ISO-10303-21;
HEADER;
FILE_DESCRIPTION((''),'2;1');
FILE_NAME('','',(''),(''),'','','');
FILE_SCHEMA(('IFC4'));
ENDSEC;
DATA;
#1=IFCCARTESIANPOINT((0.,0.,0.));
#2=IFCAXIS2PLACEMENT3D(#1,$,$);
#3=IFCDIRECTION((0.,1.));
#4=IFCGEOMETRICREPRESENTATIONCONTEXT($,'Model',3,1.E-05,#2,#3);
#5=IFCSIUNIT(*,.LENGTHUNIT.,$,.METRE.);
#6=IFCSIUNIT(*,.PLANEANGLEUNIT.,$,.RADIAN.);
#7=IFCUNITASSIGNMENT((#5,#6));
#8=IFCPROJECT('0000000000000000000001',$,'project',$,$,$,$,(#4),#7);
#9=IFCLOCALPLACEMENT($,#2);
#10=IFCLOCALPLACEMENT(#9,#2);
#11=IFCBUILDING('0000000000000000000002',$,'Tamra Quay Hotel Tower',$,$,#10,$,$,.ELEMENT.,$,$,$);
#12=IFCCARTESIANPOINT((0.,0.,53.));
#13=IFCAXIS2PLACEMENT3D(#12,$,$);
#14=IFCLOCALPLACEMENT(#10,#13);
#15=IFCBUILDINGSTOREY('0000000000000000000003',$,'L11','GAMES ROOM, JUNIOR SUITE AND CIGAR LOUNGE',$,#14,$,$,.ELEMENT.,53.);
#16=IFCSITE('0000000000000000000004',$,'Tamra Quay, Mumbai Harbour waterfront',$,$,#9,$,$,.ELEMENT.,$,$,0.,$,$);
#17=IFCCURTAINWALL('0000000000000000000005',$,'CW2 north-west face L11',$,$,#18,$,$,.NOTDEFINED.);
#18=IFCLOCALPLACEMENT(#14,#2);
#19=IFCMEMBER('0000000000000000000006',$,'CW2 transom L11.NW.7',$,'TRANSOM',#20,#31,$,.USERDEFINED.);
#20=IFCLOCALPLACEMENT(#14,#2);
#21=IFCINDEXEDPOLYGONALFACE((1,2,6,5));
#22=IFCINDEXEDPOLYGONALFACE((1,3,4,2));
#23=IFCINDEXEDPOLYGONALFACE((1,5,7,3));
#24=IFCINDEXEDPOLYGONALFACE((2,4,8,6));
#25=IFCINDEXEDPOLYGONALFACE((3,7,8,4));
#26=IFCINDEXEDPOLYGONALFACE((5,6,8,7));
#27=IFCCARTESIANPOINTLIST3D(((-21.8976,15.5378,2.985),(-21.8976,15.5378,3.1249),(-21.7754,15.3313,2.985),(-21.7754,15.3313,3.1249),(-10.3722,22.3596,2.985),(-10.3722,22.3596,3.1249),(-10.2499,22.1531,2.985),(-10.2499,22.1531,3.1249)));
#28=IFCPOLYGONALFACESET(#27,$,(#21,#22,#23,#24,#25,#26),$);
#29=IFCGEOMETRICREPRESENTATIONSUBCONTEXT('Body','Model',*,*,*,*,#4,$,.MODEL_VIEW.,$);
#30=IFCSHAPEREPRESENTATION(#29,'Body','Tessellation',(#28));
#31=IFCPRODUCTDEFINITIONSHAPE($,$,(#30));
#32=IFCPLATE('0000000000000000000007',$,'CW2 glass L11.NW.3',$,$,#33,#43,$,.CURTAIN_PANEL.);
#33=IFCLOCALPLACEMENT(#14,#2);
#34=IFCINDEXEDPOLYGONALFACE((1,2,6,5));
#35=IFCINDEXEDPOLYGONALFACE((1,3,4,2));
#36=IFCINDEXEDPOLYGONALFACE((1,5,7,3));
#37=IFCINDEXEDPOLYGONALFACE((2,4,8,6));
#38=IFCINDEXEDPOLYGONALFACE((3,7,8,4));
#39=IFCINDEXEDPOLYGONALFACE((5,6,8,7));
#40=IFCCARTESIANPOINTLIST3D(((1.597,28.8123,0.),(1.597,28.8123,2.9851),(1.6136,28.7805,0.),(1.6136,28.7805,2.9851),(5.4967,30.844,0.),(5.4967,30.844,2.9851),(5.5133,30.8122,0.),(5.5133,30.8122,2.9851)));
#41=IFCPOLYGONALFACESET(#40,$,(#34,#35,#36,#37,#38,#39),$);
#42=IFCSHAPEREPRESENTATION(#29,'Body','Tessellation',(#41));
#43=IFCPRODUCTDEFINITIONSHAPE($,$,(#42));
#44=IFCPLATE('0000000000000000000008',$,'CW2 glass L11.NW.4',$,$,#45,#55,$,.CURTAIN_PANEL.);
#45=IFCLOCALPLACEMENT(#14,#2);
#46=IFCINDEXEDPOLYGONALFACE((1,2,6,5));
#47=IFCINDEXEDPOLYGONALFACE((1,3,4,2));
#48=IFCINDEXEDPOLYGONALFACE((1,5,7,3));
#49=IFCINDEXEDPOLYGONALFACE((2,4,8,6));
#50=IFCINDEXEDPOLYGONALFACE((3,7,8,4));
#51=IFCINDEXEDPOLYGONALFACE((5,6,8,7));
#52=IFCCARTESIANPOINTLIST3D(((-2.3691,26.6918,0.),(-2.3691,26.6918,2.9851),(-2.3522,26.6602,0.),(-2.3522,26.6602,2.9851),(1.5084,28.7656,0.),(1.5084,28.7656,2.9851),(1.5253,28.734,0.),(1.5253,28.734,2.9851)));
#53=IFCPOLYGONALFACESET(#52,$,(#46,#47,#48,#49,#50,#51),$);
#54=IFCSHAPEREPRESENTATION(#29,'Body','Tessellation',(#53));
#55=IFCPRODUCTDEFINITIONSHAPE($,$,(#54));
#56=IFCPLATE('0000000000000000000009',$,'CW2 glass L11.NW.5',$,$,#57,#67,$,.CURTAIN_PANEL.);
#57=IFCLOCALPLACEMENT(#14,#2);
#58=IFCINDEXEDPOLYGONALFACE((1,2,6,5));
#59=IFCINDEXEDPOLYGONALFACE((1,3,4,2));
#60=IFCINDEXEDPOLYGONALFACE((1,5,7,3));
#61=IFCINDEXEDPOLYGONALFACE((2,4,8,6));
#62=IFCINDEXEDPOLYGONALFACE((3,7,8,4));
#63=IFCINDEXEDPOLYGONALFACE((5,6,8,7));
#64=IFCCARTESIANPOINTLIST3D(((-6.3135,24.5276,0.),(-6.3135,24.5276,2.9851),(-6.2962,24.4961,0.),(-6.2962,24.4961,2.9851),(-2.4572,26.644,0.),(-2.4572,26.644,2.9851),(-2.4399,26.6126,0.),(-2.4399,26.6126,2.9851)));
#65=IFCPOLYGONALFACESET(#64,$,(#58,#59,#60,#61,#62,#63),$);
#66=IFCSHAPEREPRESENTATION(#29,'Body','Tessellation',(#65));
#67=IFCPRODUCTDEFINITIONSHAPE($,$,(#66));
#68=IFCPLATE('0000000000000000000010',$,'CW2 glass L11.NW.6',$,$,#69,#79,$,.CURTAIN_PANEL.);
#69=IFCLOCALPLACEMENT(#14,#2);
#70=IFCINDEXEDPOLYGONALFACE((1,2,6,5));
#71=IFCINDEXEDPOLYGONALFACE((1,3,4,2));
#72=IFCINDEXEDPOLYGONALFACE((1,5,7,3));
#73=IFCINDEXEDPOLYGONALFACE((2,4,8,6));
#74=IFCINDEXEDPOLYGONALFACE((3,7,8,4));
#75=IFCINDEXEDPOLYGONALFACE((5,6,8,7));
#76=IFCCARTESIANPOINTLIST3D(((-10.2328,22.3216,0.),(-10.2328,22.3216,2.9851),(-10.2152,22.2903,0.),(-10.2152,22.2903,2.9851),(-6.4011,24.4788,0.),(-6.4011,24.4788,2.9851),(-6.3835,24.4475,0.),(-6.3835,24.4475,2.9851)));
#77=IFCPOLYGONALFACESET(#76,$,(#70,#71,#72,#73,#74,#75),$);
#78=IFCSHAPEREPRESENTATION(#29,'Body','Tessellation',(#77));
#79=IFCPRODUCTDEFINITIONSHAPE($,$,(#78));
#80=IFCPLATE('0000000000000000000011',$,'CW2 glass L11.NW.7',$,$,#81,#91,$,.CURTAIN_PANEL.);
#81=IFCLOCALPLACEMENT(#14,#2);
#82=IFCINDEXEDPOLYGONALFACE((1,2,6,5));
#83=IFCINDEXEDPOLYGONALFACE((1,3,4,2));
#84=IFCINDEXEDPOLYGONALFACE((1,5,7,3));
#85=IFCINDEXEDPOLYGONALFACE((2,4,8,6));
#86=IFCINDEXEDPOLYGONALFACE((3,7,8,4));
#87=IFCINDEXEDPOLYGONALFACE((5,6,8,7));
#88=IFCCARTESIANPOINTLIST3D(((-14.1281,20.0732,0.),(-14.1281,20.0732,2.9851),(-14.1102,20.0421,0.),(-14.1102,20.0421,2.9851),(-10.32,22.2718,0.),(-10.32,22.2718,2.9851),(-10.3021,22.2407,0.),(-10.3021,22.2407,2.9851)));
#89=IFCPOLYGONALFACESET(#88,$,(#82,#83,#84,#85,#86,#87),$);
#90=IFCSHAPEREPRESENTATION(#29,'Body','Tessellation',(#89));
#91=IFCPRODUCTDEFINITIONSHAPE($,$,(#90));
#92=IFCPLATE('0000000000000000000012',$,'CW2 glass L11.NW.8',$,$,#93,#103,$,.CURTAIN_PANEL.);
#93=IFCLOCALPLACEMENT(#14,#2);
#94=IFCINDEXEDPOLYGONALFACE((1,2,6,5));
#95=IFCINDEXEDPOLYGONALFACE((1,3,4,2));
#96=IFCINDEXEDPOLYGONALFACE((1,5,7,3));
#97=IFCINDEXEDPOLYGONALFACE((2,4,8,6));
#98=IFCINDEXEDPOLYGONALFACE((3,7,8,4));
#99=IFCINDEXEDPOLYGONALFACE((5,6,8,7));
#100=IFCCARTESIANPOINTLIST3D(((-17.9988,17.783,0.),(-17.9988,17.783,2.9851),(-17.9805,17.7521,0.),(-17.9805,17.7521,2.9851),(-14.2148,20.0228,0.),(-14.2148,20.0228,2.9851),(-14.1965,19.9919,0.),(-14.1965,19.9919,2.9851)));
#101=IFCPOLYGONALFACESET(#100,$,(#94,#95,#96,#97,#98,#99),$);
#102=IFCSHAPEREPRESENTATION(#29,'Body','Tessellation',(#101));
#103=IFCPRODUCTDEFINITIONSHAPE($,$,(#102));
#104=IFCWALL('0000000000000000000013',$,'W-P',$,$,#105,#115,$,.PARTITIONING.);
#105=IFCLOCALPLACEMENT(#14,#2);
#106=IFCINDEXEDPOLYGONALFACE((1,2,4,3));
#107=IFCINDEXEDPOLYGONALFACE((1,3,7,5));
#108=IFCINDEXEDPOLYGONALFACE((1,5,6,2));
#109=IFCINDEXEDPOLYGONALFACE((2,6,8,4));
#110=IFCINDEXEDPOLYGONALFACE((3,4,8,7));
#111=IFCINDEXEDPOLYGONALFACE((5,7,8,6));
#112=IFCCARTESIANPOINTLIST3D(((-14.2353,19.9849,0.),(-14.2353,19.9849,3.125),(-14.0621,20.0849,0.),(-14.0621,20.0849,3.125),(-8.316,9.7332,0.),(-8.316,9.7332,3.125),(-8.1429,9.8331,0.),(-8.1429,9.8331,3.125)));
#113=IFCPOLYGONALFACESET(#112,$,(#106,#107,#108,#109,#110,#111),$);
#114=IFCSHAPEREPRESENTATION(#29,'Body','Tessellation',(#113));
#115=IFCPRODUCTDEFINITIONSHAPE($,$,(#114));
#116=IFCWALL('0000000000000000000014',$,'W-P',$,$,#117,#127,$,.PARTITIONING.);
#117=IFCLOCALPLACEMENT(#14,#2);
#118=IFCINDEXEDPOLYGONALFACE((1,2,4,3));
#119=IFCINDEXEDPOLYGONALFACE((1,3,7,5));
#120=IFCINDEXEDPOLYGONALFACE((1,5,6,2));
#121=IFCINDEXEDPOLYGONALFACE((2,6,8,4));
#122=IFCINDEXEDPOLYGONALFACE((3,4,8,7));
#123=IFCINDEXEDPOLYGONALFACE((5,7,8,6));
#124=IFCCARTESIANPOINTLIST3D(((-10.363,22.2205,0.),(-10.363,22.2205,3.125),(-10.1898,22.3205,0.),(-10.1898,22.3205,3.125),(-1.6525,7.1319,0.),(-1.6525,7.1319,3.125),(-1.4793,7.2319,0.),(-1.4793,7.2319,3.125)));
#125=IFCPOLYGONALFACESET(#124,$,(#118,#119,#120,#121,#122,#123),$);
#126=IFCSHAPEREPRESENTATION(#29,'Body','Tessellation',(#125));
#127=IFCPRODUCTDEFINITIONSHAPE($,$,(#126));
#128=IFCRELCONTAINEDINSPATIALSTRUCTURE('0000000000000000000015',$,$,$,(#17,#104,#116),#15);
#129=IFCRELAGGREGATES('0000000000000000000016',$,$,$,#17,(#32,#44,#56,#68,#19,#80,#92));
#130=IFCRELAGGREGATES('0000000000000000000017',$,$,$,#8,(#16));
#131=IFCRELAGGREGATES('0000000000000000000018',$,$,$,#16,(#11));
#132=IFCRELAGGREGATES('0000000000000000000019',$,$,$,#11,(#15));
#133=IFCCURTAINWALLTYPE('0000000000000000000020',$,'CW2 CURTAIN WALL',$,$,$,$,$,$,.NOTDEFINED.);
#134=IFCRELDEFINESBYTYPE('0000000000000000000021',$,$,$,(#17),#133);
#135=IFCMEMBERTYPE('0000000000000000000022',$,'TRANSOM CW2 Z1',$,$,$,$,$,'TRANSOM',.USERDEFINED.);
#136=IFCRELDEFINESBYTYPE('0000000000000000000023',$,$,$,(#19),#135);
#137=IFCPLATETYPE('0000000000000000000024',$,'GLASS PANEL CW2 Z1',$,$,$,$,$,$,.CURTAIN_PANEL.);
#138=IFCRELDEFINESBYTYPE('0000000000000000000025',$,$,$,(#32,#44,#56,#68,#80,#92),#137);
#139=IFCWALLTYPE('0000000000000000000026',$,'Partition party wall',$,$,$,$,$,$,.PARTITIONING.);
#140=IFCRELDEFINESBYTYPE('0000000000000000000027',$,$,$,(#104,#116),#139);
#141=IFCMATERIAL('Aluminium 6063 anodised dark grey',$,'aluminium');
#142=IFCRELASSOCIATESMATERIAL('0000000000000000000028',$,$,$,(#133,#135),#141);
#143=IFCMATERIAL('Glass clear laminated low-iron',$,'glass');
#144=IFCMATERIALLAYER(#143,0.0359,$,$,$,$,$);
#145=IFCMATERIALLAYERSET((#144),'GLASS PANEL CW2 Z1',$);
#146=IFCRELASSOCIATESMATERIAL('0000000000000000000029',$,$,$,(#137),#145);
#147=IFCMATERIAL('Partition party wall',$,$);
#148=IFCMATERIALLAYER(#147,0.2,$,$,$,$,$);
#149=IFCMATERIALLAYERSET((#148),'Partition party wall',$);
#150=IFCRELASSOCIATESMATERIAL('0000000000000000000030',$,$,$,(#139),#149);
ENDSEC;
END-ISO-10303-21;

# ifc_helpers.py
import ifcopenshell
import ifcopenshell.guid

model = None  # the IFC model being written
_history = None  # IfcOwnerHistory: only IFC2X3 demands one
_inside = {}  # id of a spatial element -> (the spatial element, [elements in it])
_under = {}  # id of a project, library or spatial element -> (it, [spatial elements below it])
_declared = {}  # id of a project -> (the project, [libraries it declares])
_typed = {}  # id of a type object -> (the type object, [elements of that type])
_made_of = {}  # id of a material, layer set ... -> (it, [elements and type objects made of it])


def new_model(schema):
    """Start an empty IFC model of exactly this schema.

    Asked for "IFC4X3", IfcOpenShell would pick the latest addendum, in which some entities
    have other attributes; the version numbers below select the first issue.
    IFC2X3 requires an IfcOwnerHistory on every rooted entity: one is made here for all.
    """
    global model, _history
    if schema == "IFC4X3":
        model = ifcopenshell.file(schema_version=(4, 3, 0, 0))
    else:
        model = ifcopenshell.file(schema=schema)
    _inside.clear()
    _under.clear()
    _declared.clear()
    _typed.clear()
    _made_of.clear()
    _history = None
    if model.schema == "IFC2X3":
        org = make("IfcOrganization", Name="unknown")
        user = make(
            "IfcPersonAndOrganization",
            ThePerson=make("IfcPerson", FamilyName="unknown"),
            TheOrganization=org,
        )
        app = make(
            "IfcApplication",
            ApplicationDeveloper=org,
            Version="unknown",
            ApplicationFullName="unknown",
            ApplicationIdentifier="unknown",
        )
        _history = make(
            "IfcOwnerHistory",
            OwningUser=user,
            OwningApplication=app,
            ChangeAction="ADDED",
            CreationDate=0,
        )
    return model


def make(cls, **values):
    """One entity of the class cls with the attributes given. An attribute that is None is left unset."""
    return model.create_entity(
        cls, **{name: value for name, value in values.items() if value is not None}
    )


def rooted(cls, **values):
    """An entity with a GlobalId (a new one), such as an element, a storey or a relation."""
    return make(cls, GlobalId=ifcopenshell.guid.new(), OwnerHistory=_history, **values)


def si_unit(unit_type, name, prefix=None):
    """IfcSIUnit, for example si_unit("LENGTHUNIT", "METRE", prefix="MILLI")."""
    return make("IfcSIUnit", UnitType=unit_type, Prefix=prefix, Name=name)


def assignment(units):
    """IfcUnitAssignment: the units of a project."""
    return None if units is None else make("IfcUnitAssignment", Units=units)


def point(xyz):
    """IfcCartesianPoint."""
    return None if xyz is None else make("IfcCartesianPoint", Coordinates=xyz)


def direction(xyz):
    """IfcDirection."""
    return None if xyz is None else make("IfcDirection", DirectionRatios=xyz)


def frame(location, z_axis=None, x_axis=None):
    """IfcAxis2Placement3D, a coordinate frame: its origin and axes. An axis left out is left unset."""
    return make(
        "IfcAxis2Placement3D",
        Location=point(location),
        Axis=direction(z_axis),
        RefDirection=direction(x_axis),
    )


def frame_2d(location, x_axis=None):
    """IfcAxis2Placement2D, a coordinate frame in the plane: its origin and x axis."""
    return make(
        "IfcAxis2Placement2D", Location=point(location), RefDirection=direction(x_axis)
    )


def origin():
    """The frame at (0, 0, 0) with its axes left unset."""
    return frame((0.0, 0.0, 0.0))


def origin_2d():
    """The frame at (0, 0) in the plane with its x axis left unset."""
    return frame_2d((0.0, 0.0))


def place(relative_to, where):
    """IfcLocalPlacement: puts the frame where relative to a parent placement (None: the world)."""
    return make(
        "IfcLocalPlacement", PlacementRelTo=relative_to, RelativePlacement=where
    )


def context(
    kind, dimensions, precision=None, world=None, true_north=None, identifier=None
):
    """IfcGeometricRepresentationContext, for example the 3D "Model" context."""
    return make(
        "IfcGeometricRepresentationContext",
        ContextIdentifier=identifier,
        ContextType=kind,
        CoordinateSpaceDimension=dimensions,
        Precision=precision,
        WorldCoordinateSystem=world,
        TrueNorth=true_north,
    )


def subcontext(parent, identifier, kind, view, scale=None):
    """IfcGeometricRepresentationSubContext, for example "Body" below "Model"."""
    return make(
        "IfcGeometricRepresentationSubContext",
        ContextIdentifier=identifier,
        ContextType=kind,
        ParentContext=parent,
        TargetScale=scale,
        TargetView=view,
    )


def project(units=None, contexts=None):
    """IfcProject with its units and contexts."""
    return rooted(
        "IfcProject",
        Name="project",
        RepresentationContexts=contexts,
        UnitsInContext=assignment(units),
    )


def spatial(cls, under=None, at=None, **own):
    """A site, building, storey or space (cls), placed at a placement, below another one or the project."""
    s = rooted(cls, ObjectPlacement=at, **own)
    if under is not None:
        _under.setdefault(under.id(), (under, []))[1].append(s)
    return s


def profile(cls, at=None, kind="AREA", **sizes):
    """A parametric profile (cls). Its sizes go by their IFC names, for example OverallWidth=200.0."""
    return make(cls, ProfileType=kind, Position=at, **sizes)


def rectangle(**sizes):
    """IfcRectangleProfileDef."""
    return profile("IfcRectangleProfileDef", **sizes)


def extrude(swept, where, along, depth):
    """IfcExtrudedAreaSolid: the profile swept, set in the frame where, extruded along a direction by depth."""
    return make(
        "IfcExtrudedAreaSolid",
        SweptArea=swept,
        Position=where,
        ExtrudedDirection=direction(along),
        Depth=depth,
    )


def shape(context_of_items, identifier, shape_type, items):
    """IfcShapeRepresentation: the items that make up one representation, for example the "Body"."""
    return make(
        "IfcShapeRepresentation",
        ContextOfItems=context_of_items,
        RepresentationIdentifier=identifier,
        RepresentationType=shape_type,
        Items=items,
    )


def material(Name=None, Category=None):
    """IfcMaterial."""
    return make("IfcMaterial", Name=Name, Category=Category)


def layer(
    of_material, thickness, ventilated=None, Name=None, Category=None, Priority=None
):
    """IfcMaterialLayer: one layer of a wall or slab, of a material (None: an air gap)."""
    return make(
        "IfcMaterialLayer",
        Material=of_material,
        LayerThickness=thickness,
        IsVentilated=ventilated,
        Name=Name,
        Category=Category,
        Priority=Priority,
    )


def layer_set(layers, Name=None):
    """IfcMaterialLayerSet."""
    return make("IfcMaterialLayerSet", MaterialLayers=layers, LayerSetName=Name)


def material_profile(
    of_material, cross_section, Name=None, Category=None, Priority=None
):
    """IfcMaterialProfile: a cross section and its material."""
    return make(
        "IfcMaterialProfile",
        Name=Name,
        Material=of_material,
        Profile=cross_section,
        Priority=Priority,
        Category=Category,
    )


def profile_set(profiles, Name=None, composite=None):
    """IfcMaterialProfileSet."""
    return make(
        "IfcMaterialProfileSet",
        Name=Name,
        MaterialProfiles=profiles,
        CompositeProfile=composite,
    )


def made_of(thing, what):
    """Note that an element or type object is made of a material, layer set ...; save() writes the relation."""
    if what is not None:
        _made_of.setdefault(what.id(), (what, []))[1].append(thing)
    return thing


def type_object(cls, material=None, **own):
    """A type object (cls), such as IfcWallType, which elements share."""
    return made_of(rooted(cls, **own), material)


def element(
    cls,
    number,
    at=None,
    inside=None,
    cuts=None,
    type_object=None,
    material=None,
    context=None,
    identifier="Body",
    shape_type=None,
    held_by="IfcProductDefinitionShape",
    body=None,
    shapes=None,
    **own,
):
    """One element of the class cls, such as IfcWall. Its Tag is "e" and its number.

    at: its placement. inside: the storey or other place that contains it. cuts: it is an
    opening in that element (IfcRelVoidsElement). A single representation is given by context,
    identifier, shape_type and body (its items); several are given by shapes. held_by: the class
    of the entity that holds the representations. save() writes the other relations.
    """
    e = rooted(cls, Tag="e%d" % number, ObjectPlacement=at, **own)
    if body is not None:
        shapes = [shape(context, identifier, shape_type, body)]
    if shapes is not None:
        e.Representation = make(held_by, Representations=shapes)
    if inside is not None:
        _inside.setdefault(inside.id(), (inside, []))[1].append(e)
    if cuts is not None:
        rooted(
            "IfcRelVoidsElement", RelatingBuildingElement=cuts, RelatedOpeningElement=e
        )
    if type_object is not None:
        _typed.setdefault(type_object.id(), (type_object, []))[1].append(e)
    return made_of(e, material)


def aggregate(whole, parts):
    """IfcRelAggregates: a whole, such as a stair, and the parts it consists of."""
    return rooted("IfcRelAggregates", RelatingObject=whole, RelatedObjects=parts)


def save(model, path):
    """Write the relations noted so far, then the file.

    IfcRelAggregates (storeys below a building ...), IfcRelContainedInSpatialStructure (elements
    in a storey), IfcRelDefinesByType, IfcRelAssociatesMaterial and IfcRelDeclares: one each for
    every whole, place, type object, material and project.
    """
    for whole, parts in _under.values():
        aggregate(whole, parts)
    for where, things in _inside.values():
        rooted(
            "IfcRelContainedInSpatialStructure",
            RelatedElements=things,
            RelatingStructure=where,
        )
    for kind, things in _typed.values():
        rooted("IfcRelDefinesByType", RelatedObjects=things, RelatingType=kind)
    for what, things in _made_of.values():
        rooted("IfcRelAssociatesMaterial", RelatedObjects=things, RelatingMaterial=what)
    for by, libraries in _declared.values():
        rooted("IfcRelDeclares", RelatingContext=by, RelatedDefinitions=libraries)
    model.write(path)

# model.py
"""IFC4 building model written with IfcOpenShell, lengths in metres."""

from ifc_helpers import new_model, si_unit, direction, frame, frame_2d, origin, origin_2d, place, context, subcontext, project, spatial, rectangle, extrude, material, layer, layer_set, material_profile, profile_set, type_object, element, aggregate, save


model = new_model("IFC4")

# Units and contexts
model_context = context("Model", 3, precision=1e-05, world=origin(), true_north=direction((0.0, 1.0)))
body_context = subcontext(model_context, "Body", "Model", "MODEL_VIEW")
ifc_project = project(units=[si_unit("LENGTHUNIT", "METRE"), si_unit("PLANEANGLEUNIT", "RADIAN")], contexts=[model_context])

# Site, building, storey
site_placement = place(None, origin())
site = spatial("IfcSite", under=ifc_project, at=site_placement, Name="Tamra Quay, Mumbai Harbour waterfront", CompositionType="ELEMENT", RefElevation=0.0)
building_placement = place(site_placement, origin())
building = spatial("IfcBuilding", under=site, at=building_placement, Name="Tamra Quay Hotel Tower", CompositionType="ELEMENT")
storey_placement = place(building_placement, frame((0.0, 0.0, 53.0)))
storey = spatial("IfcBuildingStorey", under=building, at=storey_placement, Name="L11", Description="GAMES ROOM, JUNIOR SUITE AND CIGAR LOUNGE", CompositionType="ELEMENT", Elevation=53.0)

# Curtain wall
ifc_material_1 = material(Name="Aluminium 6063 anodised dark grey", Category="aluminium")
curtain_wall_type = type_object("IfcCurtainWallType", Name="CW2 CURTAIN WALL", PredefinedType="NOTDEFINED", material=ifc_material_1)
curtain_wall_placement = place(storey_placement, origin())
curtain_wall = element("IfcCurtainWall", 1, at=curtain_wall_placement, inside=storey, type_object=curtain_wall_type, Name="CW2 north-west face L11", PredefinedType="NOTDEFINED")

# Member
ifc_material_profile_1 = material_profile(ifc_material_1, rectangle(XDim=0.24, YDim=0.1399, at=origin_2d()), Name="TRANSOM 240X140")
ifc_profile_set_1 = profile_set([ifc_material_profile_1], Name="Aluminium 6063 anodised dark grey")
member_type_1 = type_object("IfcMemberType", Name="TRANSOM CW2 Z1", ElementType="TRANSOM", PredefinedType="USERDEFINED", material=ifc_profile_set_1)
member_1_placement = place(storey_placement, frame((-10.311, 22.2563, 3.0549), z_axis=(-0.860556, -0.509356, 0.0), x_axis=(0.509356, -0.860556, 0.0)))
member_1 = element("IfcMember", 2, at=member_1_placement, type_object=member_type_1, Name="CW2 transom L11.NW.7", ObjectType="TRANSOM", PredefinedType="USERDEFINED", context=body_context, shape_type="SweptSolid", body=[
    extrude(rectangle(XDim=0.24, YDim=0.1399, at=origin_2d()), origin(), (0.0, 0.0, 1.0), 13.3931),
])

# Plates
ifc_material_2 = material(Name="Glass clear laminated low-iron", Category="glass")
ifc_layer_1 = layer(ifc_material_2, 0.0359)
ifc_layer_set_1 = layer_set([ifc_layer_1], Name="GLASS PANEL CW2 Z1")
plate_type = type_object("IfcPlateType", Name="GLASS PANEL CW2 Z1", PredefinedType="CURTAIN_PANEL", material=ifc_layer_set_1)
plate_1_placement = place(storey_placement, frame((3.5552, 29.8123, 0.0), z_axis=(0.0, 0.0, 1.0), x_axis=(-0.886856, -0.462045, 0.0)))
plate_1 = element("IfcPlate", 3, at=plate_1_placement, type_object=plate_type, Name="CW2 glass L11.NW.3", PredefinedType="CURTAIN_PANEL", context=body_context, shape_type="SweptSolid", body=[
    extrude(rectangle(XDim=4.3972, YDim=0.0359, at=origin_2d()), origin(), (0.0, 0.0, 1.0), 2.9851),
])
plate_2_placement = place(storey_placement, frame((-0.4219, 27.7129, 0.0), z_axis=(0.0, 0.0, 1.0), x_axis=(-0.881806, -0.471612, 0.0)))
plate_2 = element("IfcPlate", 4, at=plate_2_placement, type_object=plate_type, Name="CW2 glass L11.NW.4", PredefinedType="CURTAIN_PANEL", context=body_context, shape_type="SweptSolid", body=[
    extrude(rectangle(XDim=4.3972, YDim=0.0359, at=origin_2d()), origin(), (0.0, 0.0, 1.0), 2.9851),
])
plate_3_placement = place(storey_placement, frame((-4.3767, 25.5701, 0.0), z_axis=(0.0, 0.0, 1.0), x_axis=(-0.876651, -0.481127, 0.0)))
plate_3 = element("IfcPlate", 5, at=plate_3_placement, type_object=plate_type, Name="CW2 glass L11.NW.5", PredefinedType="CURTAIN_PANEL", context=body_context, shape_type="SweptSolid", body=[
    extrude(rectangle(XDim=4.3989, YDim=0.0359, at=origin_2d()), origin(), (0.0, 0.0, 1.0), 2.9851),
])
plate_4_placement = place(storey_placement, frame((-8.3081, 23.3845, 0.0), z_axis=(0.0, 0.0, 1.0), x_axis=(-0.871392, -0.490587, 0.0)))
plate_4 = element("IfcPlate", 6, at=plate_4_placement, type_object=plate_type, Name="CW2 glass L11.NW.6", PredefinedType="CURTAIN_PANEL", context=body_context, shape_type="SweptSolid", body=[
    extrude(rectangle(XDim=4.3972, YDim=0.0359, at=origin_2d()), origin(), (0.0, 0.0, 1.0), 2.9851),
])
plate_5_placement = place(storey_placement, frame((-12.2151, 21.157, 0.0), z_axis=(0.0, 0.0, 1.0), x_axis=(-0.866025, -0.5, 0.0)))
plate_5 = element("IfcPlate", 7, at=plate_5_placement, type_object=plate_type, Name="CW2 glass L11.NW.7", PredefinedType="CURTAIN_PANEL", context=body_context, shape_type="SweptSolid", body=[
    extrude(rectangle(XDim=4.3972, YDim=0.0359, at=origin_2d()), origin(), (0.0, 0.0, 1.0), 2.9851),
])
plate_6_placement = place(storey_placement, frame((-16.0977, 18.8875, 0.0), z_axis=(0.0, 0.0, 1.0), x_axis=(-0.860557, -0.509355, 0.0)))
plate_6 = element("IfcPlate", 8, at=plate_6_placement, type_object=plate_type, Name="CW2 glass L11.NW.8", PredefinedType="CURTAIN_PANEL", context=body_context, shape_type="SweptSolid", body=[
    extrude(rectangle(XDim=4.3972, YDim=0.0359, at=origin_2d()), origin(), (0.0, 0.0, 1.0), 2.9851),
])
aggregate(curtain_wall, [plate_1, plate_2, plate_3, plate_4, member_1, plate_5, plate_6])

# Walls
ifc_material_3 = material(Name="Partition party wall")
ifc_layer_2 = layer(ifc_material_3, 0.2)
ifc_layer_set_2 = layer_set([ifc_layer_2], Name="Partition party wall")
wall_type = type_object("IfcWallType", Name="Partition party wall", PredefinedType="PARTITIONING", material=ifc_layer_set_2)
wall_1_placement = place(storey_placement, frame((-14.1487, 20.0349, 0.0), z_axis=(0.0, 0.0, 1.0), x_axis=(0.500023, -0.866012, 0.0)))
element("IfcWall", 9, at=wall_1_placement, inside=storey, type_object=wall_type, Name="W-P", PredefinedType="PARTITIONING", context=body_context, shape_type="SweptSolid", body=[
    extrude(rectangle(XDim=11.8379, YDim=0.2, at=frame_2d((5.9189, 0.0))), origin(), (0.0, 0.0, 1.0), 3.125),
])
wall_2_placement = place(storey_placement, frame((-10.2764, 22.2705, 0.0), z_axis=(0.0, 0.0, 1.0), x_axis=(0.499958, -0.86605, 0.0)))
element("IfcWall", 10, at=wall_2_placement, inside=storey, type_object=wall_type, Name="W-P", PredefinedType="PARTITIONING", context=body_context, shape_type="SweptSolid", body=[
    extrude(rectangle(XDim=17.4224, YDim=0.2, at=frame_2d((8.7112, 0.0))), origin(), (0.0, 0.0, 1.0), 3.125),
])

save(model, "model.ifc")
